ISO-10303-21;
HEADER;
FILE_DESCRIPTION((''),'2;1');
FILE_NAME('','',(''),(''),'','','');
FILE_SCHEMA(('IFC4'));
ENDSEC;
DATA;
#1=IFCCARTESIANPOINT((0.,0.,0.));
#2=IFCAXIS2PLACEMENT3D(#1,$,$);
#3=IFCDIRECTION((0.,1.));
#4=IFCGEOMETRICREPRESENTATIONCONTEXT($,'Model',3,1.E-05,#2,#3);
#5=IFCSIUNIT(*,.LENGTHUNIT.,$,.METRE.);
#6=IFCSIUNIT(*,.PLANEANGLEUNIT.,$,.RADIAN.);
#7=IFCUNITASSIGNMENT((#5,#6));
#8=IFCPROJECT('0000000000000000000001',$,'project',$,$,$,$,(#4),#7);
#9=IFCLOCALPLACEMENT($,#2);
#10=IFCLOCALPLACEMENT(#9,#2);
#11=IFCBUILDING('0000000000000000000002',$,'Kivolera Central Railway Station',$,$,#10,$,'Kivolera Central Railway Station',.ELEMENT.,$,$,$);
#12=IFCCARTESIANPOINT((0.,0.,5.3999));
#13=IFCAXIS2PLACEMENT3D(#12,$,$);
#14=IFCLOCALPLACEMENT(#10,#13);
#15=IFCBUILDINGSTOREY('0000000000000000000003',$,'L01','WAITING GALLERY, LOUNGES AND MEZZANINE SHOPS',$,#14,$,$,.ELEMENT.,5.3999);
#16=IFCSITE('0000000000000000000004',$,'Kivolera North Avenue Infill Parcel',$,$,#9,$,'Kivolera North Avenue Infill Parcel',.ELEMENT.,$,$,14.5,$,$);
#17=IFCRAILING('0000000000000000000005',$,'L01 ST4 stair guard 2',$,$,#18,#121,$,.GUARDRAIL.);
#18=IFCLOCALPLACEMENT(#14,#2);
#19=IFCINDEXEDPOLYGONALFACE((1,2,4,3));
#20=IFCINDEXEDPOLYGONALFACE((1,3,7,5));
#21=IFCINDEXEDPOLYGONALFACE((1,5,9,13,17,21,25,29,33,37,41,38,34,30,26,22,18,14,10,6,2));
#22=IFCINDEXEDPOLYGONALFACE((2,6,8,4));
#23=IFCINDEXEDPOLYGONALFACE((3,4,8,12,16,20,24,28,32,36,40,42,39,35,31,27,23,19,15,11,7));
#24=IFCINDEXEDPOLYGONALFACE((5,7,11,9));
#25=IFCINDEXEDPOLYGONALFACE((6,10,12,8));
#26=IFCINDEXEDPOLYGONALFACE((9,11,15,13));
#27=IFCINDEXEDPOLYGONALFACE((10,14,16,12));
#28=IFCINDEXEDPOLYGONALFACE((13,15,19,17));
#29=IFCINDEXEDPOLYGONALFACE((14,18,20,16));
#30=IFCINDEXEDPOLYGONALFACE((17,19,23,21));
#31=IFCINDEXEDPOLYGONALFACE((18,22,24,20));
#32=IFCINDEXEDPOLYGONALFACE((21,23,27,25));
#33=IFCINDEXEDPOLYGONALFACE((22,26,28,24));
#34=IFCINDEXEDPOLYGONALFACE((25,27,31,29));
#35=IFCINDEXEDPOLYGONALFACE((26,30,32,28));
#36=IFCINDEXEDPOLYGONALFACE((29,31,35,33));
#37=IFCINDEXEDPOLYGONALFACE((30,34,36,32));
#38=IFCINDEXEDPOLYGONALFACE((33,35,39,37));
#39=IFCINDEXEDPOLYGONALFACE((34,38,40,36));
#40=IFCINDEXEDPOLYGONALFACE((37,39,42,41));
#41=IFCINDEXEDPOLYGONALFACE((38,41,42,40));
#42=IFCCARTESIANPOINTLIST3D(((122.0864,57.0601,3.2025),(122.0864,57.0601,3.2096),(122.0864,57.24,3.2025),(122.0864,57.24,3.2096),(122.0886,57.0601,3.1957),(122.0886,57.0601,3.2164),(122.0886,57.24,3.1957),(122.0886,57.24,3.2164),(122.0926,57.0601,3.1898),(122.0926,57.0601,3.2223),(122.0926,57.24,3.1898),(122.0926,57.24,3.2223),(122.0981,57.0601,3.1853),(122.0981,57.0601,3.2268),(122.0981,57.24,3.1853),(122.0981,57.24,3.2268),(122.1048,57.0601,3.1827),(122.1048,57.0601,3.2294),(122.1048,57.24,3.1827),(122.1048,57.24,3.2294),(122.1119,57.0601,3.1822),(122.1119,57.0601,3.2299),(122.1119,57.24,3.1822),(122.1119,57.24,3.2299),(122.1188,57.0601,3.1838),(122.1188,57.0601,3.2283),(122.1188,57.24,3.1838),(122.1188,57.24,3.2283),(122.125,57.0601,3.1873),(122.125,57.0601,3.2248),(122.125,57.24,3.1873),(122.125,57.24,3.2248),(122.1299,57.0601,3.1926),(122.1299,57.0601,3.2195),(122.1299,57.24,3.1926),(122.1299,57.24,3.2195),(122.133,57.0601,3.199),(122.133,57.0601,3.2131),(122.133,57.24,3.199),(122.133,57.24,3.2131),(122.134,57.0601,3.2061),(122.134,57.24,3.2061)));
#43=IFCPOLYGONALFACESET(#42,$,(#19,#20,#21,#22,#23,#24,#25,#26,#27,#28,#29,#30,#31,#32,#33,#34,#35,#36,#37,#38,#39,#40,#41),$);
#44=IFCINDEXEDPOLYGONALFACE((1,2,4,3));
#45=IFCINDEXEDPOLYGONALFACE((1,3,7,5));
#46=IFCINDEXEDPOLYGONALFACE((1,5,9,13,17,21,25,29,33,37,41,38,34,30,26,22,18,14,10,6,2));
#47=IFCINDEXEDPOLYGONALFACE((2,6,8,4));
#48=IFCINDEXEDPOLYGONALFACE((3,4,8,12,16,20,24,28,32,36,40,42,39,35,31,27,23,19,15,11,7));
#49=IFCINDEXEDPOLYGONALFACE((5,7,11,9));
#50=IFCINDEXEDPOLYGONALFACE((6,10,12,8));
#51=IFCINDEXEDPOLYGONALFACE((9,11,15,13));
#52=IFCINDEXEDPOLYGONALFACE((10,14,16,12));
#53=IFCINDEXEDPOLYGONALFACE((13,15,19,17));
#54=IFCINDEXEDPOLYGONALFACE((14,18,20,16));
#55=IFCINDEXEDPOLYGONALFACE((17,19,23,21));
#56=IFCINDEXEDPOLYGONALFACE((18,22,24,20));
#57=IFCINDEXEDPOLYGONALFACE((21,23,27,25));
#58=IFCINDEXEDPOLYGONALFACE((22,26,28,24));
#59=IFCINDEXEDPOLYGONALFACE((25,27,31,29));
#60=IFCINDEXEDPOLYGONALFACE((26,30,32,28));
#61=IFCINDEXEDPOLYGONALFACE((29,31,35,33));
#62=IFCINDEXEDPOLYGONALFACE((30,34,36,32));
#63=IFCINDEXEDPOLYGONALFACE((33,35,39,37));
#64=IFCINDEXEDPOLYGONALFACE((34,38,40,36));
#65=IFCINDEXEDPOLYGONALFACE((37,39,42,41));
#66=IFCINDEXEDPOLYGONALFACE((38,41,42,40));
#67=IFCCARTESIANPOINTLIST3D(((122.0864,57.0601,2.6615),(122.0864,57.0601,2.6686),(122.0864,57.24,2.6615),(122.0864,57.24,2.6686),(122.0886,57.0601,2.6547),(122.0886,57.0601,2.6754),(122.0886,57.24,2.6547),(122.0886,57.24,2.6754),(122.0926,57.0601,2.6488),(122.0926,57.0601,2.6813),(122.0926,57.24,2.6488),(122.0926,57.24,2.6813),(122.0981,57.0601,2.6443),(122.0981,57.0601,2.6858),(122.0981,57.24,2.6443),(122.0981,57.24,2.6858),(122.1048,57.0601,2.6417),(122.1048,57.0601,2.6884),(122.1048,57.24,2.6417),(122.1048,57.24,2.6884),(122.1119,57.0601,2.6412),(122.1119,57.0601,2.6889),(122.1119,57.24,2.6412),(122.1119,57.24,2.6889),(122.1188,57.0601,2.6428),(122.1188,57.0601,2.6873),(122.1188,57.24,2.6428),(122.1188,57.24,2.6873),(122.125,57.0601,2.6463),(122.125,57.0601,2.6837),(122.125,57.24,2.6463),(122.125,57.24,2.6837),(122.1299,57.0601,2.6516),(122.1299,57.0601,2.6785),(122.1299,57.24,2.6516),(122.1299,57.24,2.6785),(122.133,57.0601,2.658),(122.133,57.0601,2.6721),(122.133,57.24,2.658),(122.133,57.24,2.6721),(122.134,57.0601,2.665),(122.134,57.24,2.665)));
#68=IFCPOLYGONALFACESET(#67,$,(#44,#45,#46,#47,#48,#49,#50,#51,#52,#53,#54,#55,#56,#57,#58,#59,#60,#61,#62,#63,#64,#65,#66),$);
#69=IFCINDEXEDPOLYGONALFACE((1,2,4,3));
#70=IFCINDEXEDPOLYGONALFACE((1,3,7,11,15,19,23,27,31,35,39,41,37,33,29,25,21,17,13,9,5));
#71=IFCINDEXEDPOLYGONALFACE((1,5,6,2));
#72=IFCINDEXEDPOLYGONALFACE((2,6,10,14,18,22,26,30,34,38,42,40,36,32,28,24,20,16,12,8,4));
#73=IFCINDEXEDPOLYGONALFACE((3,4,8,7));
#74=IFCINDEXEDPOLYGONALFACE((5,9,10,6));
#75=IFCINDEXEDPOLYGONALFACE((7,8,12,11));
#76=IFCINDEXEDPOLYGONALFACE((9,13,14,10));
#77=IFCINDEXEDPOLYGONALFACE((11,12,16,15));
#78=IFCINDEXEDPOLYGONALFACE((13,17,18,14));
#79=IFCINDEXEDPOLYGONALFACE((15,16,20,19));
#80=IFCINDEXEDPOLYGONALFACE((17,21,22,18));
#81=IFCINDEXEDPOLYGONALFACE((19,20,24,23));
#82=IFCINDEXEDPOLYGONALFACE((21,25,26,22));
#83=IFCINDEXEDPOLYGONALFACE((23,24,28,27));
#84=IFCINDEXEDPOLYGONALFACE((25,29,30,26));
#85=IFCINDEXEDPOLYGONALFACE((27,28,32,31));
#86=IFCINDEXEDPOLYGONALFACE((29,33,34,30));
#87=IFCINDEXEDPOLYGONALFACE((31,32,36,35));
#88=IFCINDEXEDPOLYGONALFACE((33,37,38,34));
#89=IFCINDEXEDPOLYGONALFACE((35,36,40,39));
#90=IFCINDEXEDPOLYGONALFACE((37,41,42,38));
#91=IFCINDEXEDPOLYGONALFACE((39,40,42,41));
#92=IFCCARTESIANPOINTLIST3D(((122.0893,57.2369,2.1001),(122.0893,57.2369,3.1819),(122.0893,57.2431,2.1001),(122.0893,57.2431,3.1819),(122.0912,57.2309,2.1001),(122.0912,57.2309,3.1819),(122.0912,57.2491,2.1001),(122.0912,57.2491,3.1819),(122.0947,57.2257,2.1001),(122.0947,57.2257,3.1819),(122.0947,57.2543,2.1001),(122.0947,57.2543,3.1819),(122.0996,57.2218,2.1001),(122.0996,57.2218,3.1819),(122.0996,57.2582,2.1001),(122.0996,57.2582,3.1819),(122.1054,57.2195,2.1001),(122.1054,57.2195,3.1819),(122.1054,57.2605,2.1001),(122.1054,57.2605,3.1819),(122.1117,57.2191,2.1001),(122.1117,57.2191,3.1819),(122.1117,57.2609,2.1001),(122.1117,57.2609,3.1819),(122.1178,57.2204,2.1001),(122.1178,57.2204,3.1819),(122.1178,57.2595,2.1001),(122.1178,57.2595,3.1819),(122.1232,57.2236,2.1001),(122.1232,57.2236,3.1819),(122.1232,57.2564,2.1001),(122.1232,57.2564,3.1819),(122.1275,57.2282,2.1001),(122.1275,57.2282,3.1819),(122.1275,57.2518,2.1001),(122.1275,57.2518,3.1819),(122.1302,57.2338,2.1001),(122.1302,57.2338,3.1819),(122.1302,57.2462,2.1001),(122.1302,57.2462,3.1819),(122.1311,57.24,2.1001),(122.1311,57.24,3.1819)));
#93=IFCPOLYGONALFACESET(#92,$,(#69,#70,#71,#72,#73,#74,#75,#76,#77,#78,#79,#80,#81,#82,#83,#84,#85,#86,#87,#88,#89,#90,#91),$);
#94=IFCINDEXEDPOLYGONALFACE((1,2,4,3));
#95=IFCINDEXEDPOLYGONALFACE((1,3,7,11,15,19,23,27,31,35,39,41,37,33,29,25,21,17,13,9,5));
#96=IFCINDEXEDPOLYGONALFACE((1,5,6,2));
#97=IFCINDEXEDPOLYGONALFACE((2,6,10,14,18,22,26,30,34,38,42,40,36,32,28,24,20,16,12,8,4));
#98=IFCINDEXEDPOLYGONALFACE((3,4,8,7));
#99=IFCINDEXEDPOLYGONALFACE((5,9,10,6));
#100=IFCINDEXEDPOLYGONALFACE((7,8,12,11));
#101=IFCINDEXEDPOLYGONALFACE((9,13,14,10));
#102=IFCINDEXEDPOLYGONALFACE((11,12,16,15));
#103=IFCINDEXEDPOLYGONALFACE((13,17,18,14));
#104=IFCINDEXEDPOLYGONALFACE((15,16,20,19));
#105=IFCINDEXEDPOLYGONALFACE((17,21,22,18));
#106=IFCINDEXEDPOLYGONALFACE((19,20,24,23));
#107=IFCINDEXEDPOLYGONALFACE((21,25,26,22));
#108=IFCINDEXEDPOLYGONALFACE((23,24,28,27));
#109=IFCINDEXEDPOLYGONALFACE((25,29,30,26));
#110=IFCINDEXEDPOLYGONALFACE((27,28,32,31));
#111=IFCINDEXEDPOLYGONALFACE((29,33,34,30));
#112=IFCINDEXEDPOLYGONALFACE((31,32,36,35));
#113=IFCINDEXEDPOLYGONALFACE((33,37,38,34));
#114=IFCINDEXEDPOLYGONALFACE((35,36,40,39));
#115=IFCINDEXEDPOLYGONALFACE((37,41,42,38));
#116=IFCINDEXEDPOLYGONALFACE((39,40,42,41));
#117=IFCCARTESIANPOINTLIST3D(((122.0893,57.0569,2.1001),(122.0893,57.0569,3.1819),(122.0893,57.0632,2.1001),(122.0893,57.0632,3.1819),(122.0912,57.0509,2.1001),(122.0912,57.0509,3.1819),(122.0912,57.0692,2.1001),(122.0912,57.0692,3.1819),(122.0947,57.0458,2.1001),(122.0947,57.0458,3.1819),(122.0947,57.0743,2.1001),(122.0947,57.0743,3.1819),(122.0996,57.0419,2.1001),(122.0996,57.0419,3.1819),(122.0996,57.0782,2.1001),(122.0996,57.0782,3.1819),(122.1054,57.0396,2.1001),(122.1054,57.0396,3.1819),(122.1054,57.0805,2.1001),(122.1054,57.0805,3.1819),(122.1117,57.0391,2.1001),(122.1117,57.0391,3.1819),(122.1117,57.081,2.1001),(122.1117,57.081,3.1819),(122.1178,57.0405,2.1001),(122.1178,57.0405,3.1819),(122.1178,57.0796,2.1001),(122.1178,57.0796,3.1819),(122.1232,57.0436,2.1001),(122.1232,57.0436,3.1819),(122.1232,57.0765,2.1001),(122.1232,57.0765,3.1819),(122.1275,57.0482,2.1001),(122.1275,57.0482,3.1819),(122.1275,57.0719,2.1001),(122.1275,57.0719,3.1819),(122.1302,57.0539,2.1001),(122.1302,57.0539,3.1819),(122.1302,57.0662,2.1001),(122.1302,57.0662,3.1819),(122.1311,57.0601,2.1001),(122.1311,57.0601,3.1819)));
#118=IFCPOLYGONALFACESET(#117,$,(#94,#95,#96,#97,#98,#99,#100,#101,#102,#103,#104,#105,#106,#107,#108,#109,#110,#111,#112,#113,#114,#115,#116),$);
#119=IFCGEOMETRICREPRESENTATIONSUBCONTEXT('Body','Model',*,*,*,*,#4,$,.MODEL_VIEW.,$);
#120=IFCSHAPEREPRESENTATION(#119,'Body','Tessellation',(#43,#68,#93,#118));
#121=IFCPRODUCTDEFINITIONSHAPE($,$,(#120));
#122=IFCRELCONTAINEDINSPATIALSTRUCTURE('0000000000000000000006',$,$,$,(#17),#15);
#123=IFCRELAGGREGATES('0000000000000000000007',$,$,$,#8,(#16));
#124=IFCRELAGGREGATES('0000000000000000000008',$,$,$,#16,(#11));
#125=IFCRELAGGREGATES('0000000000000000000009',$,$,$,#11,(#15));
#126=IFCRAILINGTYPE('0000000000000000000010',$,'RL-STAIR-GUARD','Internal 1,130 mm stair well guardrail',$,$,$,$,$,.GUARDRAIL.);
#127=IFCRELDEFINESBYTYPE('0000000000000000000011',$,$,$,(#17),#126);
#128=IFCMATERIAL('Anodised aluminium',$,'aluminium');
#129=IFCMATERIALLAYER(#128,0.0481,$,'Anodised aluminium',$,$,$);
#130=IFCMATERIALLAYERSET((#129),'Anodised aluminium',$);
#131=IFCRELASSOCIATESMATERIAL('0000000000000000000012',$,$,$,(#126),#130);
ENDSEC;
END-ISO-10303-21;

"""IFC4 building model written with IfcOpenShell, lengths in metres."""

from ifc_helpers import new_model, si_unit, direction, frame, origin, origin_2d, place, context, subcontext, project, spatial, circle, extrude, material, layer, layer_set, type_object, element, save


model = new_model("IFC4")

# Units and contexts
model_context = context("Model", 3, precision=1e-05, world=origin(), true_north=direction((0.0, 1.0)))
body_context = subcontext(model_context, "Body", "Model", "MODEL_VIEW")
ifc_project = project(units=[si_unit("LENGTHUNIT", "METRE"), si_unit("PLANEANGLEUNIT", "RADIAN")], contexts=[model_context])

# Site, building, storey
site_placement = place(None, origin())
site = spatial("IfcSite", under=ifc_project, at=site_placement, Name="Kivolera North Avenue Infill Parcel", LongName="Kivolera North Avenue Infill Parcel", CompositionType="ELEMENT", RefElevation=14.5)
building_placement = place(site_placement, origin())
building = spatial("IfcBuilding", under=site, at=building_placement, Name="Kivolera Central Railway Station", LongName="Kivolera Central Railway Station", CompositionType="ELEMENT")
storey_placement = place(building_placement, frame((0.0, 0.0, 5.3999)))
storey = spatial("IfcBuildingStorey", under=building, at=storey_placement, Name="L01", Description="WAITING GALLERY, LOUNGES AND MEZZANINE SHOPS", CompositionType="ELEMENT", Elevation=5.3999)

# Railing
ifc_material_1 = material(Name="Anodised aluminium", Category="aluminium")
ifc_layer_1 = layer(ifc_material_1, 0.0481, Name="Anodised aluminium")
ifc_layer_set_1 = layer_set([ifc_layer_1], Name="Anodised aluminium")
railing_type_1 = type_object("IfcRailingType", Name="RL-STAIR-GUARD", Description="Internal 1,130 mm stair well guardrail", PredefinedType="GUARDRAIL", material=ifc_layer_set_1)
railing_1_placement = place(storey_placement, frame((122.1101, 57.24, 2.1001)))
element("IfcRailing", 1, at=railing_1_placement, inside=storey, type_object=railing_type_1, Name="L01 ST4 stair guard 2", PredefinedType="GUARDRAIL", context=body_context, shape_type="SweptSolid", body=[
    extrude(circle(Radius=0.0239, at=origin_2d()), frame((0.0, 0.0, 1.106), z_axis=(0.0, -1.0, 0.0), x_axis=(1.0, 0.0, 0.0)), (0.0, 0.0, 1.0), 0.1799),
    extrude(circle(Radius=0.0239, at=origin_2d()), frame((0.0, 0.0, 0.5649), z_axis=(0.0, -1.0, 0.0), x_axis=(1.0, 0.0, 0.0)), (0.0, 0.0, 1.0), 0.1799),
    extrude(circle(Radius=0.021, at=origin_2d()), origin(), (0.0, 0.0, 1.0), 1.0818),
    extrude(circle(Radius=0.021, at=origin_2d()), frame((0.0, -0.1799, 0.0)), (0.0, 0.0, 1.0), 1.0818),
])

save(model, "model.ifc")
